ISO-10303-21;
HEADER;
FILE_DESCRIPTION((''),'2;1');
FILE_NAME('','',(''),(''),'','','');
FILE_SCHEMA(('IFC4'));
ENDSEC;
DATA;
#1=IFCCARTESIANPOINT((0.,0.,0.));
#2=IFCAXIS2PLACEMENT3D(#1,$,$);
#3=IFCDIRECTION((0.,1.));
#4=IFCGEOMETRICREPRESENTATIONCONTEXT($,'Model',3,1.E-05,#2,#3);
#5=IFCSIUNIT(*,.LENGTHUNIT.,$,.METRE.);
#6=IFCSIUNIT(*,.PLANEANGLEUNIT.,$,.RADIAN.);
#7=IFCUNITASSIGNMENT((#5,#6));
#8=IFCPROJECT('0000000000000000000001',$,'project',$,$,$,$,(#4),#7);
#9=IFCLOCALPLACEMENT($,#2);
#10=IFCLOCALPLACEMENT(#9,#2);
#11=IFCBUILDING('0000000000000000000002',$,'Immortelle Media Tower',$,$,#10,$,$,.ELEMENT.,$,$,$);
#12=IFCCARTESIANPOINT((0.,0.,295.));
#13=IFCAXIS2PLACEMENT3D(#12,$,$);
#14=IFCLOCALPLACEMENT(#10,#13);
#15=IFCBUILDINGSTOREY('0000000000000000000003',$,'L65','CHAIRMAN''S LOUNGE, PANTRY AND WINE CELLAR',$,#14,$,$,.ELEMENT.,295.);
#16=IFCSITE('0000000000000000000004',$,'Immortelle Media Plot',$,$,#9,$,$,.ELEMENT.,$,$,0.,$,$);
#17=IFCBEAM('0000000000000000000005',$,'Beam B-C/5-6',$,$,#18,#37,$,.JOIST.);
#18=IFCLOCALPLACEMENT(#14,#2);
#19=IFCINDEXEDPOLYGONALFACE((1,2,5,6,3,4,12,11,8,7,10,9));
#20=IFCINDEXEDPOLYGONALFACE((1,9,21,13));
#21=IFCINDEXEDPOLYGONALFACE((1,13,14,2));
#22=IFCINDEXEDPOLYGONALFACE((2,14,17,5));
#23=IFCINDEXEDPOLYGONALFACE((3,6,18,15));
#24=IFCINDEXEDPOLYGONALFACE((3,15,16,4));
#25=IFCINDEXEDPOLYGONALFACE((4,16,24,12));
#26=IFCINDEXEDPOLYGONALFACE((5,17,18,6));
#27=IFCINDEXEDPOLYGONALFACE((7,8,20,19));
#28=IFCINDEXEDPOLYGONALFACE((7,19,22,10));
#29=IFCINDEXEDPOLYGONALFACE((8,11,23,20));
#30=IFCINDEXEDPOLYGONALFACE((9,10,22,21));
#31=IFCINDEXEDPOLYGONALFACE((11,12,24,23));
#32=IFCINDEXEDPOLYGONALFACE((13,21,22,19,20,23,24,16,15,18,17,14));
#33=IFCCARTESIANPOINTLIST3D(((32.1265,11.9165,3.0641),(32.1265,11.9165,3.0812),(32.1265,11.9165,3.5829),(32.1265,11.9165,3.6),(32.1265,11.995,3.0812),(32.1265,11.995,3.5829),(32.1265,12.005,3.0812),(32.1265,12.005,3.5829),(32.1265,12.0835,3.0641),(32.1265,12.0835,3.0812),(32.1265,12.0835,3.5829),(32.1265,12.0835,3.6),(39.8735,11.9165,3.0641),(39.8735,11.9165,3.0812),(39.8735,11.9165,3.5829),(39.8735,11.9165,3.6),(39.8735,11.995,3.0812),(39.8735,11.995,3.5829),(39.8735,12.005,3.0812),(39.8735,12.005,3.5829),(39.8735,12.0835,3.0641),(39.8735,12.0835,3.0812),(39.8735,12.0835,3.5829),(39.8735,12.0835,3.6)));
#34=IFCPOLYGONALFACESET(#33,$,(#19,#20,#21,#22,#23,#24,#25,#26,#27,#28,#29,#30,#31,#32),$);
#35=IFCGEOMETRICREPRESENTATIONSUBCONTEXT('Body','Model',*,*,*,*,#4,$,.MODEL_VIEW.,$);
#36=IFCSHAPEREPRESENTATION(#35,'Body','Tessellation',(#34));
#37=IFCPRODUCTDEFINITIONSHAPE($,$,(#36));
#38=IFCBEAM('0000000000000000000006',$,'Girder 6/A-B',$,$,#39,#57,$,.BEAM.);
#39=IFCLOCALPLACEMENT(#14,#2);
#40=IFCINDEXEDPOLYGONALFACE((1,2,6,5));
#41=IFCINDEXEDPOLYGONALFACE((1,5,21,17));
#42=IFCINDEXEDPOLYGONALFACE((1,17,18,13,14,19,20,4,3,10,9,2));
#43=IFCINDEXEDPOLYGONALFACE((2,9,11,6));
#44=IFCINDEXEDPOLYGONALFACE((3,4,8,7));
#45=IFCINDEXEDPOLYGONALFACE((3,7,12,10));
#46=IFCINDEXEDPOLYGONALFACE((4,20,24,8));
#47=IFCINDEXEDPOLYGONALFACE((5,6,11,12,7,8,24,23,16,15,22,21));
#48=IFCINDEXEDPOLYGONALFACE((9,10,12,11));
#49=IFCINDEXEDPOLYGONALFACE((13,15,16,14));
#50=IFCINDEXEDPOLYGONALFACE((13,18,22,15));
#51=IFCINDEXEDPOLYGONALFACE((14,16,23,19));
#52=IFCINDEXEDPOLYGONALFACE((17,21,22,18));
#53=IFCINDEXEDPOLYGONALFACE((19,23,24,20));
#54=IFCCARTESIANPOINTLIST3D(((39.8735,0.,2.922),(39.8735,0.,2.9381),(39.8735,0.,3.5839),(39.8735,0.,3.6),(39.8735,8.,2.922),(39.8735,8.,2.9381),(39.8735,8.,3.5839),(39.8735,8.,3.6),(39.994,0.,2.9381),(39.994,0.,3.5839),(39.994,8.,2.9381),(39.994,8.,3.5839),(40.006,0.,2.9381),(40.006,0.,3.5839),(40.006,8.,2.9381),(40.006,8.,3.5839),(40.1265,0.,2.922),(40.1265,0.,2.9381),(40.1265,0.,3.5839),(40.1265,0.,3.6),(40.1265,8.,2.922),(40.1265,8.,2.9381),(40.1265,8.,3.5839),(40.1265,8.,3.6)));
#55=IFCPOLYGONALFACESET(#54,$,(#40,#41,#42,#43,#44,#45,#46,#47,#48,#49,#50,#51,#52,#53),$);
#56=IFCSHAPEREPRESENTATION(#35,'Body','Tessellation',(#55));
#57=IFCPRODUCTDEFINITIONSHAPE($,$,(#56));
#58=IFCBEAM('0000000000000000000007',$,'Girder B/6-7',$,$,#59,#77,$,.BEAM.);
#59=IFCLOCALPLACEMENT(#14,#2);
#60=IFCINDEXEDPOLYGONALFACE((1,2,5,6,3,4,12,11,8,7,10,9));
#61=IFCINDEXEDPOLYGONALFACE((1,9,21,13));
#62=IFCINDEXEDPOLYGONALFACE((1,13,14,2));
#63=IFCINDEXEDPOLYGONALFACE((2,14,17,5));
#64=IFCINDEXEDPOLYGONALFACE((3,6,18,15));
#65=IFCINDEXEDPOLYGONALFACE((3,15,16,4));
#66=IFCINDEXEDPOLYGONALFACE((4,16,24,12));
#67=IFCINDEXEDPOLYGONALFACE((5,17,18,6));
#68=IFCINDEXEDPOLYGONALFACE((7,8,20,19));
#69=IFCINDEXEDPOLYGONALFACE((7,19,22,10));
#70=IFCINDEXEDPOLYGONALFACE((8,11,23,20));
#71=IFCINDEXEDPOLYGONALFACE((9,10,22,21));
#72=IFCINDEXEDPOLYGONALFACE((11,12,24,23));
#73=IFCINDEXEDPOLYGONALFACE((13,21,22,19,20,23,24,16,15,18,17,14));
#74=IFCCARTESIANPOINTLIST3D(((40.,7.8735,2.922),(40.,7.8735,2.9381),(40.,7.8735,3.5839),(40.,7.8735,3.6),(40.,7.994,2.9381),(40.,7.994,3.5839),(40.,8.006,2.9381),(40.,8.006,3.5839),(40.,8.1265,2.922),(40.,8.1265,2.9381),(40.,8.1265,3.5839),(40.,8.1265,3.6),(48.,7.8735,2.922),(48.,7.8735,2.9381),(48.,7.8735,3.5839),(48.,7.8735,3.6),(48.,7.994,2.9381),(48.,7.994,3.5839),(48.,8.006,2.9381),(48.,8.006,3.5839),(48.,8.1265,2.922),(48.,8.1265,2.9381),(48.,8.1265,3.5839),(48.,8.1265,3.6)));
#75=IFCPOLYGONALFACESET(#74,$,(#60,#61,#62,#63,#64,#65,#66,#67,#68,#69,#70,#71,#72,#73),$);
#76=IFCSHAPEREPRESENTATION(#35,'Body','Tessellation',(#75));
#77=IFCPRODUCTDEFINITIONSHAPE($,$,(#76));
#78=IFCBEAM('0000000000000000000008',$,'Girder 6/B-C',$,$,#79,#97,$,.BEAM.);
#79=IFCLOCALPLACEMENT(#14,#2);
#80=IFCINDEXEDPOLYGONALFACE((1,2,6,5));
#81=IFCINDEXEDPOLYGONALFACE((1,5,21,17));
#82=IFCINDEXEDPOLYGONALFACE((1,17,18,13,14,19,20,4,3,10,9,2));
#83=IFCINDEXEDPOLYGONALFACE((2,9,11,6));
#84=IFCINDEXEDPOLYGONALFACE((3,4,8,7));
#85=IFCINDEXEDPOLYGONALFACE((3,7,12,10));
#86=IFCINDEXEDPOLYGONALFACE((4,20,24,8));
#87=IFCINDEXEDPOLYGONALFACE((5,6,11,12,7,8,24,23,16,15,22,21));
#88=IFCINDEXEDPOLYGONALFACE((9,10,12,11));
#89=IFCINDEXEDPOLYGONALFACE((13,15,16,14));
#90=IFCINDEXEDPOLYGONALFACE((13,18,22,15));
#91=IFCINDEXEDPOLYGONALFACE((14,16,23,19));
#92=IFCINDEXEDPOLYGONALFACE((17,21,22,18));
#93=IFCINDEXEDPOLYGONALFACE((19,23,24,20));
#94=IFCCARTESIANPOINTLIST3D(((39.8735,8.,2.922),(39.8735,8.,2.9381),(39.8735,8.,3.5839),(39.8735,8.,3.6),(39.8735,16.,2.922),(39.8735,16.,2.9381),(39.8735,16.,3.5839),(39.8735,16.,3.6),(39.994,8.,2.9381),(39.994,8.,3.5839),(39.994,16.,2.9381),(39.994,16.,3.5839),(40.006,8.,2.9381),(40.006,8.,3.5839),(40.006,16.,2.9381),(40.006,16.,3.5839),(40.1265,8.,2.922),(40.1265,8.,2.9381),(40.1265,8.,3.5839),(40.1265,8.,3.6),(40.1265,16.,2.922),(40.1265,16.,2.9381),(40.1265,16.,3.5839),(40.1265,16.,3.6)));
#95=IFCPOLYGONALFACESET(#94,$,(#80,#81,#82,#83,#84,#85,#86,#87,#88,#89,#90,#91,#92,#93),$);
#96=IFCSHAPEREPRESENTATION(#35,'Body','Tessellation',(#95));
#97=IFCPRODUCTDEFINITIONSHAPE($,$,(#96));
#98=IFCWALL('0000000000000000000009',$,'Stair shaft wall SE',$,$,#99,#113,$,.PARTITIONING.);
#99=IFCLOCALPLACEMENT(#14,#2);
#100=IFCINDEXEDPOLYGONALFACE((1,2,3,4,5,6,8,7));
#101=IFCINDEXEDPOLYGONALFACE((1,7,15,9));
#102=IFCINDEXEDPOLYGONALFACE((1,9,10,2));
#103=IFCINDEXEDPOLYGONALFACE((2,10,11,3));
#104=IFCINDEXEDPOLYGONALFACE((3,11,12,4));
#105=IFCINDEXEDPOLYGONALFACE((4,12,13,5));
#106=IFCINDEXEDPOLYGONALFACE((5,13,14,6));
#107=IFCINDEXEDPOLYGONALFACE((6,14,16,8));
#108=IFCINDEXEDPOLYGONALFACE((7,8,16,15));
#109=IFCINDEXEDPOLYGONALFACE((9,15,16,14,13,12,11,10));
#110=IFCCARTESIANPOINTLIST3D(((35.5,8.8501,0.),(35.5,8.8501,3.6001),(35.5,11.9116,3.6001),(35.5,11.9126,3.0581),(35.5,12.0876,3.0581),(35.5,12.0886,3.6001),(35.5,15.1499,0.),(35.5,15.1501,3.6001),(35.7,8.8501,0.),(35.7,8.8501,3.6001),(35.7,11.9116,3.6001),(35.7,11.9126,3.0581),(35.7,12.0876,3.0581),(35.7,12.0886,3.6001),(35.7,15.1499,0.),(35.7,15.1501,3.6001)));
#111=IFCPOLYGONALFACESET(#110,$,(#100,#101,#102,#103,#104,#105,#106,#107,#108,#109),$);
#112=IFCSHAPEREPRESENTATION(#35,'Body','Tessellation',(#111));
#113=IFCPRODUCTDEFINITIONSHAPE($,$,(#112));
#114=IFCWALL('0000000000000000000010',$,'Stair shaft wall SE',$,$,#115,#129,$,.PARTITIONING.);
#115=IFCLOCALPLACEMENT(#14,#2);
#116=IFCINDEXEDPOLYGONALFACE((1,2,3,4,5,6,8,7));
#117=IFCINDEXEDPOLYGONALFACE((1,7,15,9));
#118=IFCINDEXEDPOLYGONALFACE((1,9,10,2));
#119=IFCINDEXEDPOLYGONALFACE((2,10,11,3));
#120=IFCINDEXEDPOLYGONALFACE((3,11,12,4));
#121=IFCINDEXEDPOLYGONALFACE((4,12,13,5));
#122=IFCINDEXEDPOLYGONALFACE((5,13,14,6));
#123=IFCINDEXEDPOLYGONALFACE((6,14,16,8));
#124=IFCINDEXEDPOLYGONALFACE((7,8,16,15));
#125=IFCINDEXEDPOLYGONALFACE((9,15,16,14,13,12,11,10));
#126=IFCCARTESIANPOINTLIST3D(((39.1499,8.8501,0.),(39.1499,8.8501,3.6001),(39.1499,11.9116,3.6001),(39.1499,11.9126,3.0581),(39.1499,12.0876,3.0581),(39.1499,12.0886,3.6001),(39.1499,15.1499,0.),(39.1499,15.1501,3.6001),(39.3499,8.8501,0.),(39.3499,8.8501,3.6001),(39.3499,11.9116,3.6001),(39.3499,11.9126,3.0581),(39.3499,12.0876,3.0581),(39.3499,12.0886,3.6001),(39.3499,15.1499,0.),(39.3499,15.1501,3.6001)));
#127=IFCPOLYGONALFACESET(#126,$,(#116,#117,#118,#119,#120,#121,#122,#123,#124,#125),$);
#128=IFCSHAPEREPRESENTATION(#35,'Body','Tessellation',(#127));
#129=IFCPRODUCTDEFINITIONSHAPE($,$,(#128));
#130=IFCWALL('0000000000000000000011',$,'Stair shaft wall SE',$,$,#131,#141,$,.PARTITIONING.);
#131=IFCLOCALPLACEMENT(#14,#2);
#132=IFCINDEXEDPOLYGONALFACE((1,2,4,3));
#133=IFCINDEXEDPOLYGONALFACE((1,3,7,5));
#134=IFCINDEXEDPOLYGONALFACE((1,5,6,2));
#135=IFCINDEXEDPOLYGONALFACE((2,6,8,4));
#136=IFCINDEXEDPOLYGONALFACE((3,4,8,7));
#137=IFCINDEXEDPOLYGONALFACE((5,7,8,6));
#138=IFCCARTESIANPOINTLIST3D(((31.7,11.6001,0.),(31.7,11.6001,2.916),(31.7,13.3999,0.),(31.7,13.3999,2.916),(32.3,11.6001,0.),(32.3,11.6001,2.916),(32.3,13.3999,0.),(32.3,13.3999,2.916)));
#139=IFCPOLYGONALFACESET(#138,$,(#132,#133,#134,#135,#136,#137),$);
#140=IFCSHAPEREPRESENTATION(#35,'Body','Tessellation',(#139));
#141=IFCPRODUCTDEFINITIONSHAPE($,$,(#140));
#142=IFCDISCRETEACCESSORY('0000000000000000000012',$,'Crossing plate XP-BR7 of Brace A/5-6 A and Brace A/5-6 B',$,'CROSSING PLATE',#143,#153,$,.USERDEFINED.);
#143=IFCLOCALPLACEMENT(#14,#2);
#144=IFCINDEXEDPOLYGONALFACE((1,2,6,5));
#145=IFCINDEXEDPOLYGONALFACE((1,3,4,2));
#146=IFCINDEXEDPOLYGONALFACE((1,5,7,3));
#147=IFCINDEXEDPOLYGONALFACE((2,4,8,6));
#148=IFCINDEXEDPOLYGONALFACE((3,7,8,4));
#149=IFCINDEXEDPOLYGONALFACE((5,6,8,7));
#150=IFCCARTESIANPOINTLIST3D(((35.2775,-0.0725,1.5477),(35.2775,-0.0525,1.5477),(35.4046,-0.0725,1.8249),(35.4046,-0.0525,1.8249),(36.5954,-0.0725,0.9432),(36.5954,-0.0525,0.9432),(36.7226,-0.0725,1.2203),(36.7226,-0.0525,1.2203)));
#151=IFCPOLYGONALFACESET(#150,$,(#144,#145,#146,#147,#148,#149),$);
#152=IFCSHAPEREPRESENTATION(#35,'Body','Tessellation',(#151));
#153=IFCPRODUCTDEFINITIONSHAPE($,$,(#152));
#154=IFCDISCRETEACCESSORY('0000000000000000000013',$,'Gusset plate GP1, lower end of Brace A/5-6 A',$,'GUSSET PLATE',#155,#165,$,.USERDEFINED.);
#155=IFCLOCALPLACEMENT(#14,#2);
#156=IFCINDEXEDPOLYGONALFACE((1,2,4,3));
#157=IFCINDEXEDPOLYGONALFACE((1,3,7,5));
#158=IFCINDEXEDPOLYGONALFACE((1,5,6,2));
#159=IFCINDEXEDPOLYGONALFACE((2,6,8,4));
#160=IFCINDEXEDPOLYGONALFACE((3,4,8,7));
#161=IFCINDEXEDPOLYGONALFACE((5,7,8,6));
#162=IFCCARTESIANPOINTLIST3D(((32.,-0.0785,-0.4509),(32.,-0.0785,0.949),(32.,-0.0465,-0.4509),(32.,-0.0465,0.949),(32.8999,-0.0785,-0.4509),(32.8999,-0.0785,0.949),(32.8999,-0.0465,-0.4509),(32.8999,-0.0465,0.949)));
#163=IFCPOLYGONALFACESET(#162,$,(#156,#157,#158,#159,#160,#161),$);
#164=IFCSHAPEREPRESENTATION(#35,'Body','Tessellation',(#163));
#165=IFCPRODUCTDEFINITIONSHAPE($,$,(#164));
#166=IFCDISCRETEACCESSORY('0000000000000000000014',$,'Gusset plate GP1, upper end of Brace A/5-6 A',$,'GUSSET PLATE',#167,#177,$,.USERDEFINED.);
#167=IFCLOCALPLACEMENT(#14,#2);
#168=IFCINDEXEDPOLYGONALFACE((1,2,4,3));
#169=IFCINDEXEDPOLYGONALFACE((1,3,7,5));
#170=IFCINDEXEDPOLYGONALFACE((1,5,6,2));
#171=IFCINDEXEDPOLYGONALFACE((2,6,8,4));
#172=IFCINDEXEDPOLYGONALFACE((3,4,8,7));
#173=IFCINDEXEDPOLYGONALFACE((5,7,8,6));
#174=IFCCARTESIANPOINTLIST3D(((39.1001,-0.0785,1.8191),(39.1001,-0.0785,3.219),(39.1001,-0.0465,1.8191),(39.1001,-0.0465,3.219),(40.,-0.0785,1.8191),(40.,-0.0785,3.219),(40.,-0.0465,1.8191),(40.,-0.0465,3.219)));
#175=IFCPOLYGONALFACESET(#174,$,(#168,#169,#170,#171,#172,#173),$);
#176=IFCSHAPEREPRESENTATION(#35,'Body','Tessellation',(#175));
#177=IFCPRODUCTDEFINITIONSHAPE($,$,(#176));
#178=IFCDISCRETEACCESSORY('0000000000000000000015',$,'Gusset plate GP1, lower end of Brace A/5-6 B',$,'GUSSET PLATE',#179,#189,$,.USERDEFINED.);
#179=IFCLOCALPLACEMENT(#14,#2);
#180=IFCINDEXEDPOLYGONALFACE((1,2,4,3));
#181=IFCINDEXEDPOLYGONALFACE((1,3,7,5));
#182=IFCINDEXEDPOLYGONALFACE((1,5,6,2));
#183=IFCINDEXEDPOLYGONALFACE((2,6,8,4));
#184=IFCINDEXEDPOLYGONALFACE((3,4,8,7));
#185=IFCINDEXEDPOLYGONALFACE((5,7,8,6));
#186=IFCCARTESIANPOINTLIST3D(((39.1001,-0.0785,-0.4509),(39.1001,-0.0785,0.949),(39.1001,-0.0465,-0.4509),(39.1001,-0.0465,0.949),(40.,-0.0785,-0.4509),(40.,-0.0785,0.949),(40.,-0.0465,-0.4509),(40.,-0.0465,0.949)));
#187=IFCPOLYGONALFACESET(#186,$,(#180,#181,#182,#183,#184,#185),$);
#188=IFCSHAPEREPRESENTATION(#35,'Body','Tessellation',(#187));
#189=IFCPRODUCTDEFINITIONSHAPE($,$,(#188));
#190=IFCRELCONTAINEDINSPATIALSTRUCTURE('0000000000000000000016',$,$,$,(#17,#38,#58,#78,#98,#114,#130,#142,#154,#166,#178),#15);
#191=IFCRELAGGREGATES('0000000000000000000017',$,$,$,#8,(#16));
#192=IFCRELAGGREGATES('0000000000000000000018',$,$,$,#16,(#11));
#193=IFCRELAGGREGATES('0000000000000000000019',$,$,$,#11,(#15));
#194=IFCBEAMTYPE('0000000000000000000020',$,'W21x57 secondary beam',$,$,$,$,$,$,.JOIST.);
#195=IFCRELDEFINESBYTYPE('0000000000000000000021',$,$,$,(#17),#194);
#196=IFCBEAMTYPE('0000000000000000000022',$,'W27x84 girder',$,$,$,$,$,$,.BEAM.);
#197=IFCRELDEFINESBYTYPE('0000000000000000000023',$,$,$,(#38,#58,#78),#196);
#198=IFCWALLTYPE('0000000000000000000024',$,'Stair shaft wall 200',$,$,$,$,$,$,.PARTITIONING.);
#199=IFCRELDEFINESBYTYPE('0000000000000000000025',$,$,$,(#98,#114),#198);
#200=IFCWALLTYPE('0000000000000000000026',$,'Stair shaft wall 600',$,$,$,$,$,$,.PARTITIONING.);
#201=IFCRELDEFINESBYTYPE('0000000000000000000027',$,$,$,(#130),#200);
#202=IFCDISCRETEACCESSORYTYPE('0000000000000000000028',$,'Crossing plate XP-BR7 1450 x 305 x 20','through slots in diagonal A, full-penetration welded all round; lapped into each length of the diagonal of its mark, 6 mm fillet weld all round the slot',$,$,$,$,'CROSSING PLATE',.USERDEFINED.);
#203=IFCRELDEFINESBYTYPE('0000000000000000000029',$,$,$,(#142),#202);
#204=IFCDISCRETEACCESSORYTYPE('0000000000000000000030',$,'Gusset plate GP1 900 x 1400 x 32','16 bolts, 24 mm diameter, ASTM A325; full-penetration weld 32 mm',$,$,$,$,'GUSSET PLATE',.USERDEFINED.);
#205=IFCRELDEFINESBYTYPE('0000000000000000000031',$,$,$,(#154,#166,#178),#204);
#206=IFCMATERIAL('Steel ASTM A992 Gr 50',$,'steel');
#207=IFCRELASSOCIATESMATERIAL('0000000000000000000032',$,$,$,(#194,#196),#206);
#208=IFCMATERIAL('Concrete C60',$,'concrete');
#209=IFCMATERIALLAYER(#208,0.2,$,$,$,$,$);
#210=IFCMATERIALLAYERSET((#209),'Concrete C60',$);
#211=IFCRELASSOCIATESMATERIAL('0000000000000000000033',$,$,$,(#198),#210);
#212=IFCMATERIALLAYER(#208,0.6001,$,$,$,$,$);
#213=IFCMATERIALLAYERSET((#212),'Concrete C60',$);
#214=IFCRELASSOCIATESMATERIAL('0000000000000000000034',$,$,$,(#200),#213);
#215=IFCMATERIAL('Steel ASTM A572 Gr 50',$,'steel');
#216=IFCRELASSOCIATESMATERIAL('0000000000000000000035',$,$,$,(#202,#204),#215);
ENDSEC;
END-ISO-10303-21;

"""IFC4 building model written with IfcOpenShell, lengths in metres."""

from ifc_helpers import new_model, si_unit, direction, frame, frame_2d, origin, origin_2d, place, context, subcontext, project, spatial, polyline, rectangle, i_section, outline, extrude, material, layer, layer_set, material_profile, profile_set, type_object, element, save


model = new_model("IFC4")

# Units and contexts
model_context = context("Model", 3, precision=1e-05, world=origin(), true_north=direction((0.0, 1.0)))
body_context = subcontext(model_context, "Body", "Model", "MODEL_VIEW")
ifc_project = project(units=[si_unit("LENGTHUNIT", "METRE"), si_unit("PLANEANGLEUNIT", "RADIAN")], contexts=[model_context])

# Site, building, storey
site_placement = place(None, origin())
site = spatial("IfcSite", under=ifc_project, at=site_placement, Name="Immortelle Media Plot", CompositionType="ELEMENT", RefElevation=0.0)
building_placement = place(site_placement, origin())
building = spatial("IfcBuilding", under=site, at=building_placement, Name="Immortelle Media Tower", CompositionType="ELEMENT")
storey_placement = place(building_placement, frame((0.0, 0.0, 295.0)))
storey = spatial("IfcBuildingStorey", under=building, at=storey_placement, Name="L65", Description="CHAIRMAN'S LOUNGE, PANTRY AND WINE CELLAR", CompositionType="ELEMENT", Elevation=295.0)

# Shared definitions
ifc_material_1 = material(Name="Steel ASTM A992 Gr 50", Category="steel")

# Beams
ifc_material_profile_1 = material_profile(ifc_material_1, i_section(OverallWidth=0.167, OverallDepth=0.5359, WebThickness=0.01, FlangeThickness=0.0171, at=origin_2d()), Name="W21x57")
ifc_profile_set_1 = profile_set([ifc_material_profile_1], Name="Steel ASTM A992 Gr 50")
beam_type_1 = type_object("IfcBeamType", Name="W21x57 secondary beam", PredefinedType="JOIST", material=ifc_profile_set_1)
for number, where, z_axis, x_axis, name in (
    (1, (32.1265, 12.0, 3.332), (1.0, 0.0, 0.0), (0.0, 1.0, 0.0), "Beam B-C/5-6"),
):
    element("IfcBeam", number, at=place(storey_placement, frame(where, z_axis=z_axis, x_axis=x_axis)), inside=storey, type_object=beam_type_1, Name=name, PredefinedType="JOIST", context=body_context, shape_type="SweptSolid", body=[
        extrude(i_section(OverallWidth=0.167, OverallDepth=0.5359, WebThickness=0.01, FlangeThickness=0.0171, at=origin_2d()), origin(), (0.0, 0.0, 1.0), 7.7471),
    ])
ifc_material_profile_2 = material_profile(ifc_material_1, i_section(OverallWidth=0.2529, OverallDepth=0.678, WebThickness=0.012, FlangeThickness=0.0161, at=origin_2d()), Name="W27x84")
ifc_profile_set_2 = profile_set([ifc_material_profile_2], Name="Steel ASTM A992 Gr 50")
beam_type_2 = type_object("IfcBeamType", Name="W27x84 girder", PredefinedType="BEAM", material=ifc_profile_set_2)
for number, where, z_axis, x_axis, name in (
    (2, (40.0, 0.0, 3.261), (0.0, 1.0, 0.0), (-1.0, 0.0, 0.0), "Girder 6/A-B"),
    (3, (40.0, 8.0, 3.261), (1.0, 0.0, 0.0), (0.0, 1.0, 0.0), "Girder B/6-7"),
    (4, (40.0, 8.0, 3.261), (0.0, 1.0, 0.0), (-1.0, 0.0, 0.0), "Girder 6/B-C"),
):
    element("IfcBeam", number, at=place(storey_placement, frame(where, z_axis=z_axis, x_axis=x_axis)), inside=storey, type_object=beam_type_2, Name=name, PredefinedType="BEAM", context=body_context, shape_type="SweptSolid", body=[
        extrude(i_section(OverallWidth=0.2529, OverallDepth=0.678, WebThickness=0.012, FlangeThickness=0.0161, at=origin_2d()), origin(), (0.0, 0.0, 1.0), 8.0),
    ])

# Walls
ifc_material_2 = material(Name="Concrete C60", Category="concrete")
ifc_layer_1 = layer(ifc_material_2, 0.2)
ifc_layer_set_1 = layer_set([ifc_layer_1], Name="Concrete C60")
wall_type_1 = type_object("IfcWallType", Name="Stair shaft wall 200", PredefinedType="PARTITIONING", material=ifc_layer_set_1)
for number, where, z_axis, x_axis, name in (
    (5, (35.6001, 8.8501, 0.0), (0.0, 0.0, 1.0), (0.0, 1.0, 0.0), "Stair shaft wall SE"),
    (6, (39.25, 8.8501, 0.0), (0.0, 0.0, 1.0), (0.0, 1.0, 0.0), "Stair shaft wall SE"),
):
    element("IfcWall", number, at=place(storey_placement, frame(where, z_axis=z_axis, x_axis=x_axis)), inside=storey, type_object=wall_type_1, Name=name, PredefinedType="PARTITIONING", context=body_context, shape_type="SweptSolid", body=[
        extrude(outline(polyline([(0.0, 0.0), (6.2998, 0.0), (6.3, 3.6001), (3.2385, 3.6001), (3.2375, 3.0581), (3.0625, 3.0581), (3.0615, 3.6001), (0.0, 3.6001), (0.0, 0.0)])), frame((0.0, 0.1001, 0.0), z_axis=(0.0, -1.0, 0.0), x_axis=(1.0, 0.0, 0.0)), (0.0, 0.0, 1.0), 0.2),
    ])
ifc_layer_2 = layer(ifc_material_2, 0.6001)
ifc_layer_set_2 = layer_set([ifc_layer_2], Name="Concrete C60")
wall_type_2 = type_object("IfcWallType", Name="Stair shaft wall 600", PredefinedType="PARTITIONING", material=ifc_layer_set_2)
wall_placement = place(storey_placement, frame((32.0, 11.6001, 0.0), z_axis=(0.0, 0.0, 1.0), x_axis=(0.0, 1.0, 0.0)))
element("IfcWall", 7, at=wall_placement, inside=storey, type_object=wall_type_2, Name="Stair shaft wall SE", PredefinedType="PARTITIONING", context=body_context, shape_type="SweptSolid", body=[
    extrude(rectangle(XDim=1.7998, YDim=0.6001, at=frame_2d((0.8999, 0.0))), origin(), (0.0, 0.0, 1.0), 2.916),
])

# Discrete accessories
ifc_material_3 = material(Name="Steel ASTM A572 Gr 50", Category="steel")
ifc_material_profile_3 = material_profile(ifc_material_3, rectangle(XDim=0.02, YDim=0.3049, at=origin_2d()), Name="PL 20 x 305")
ifc_profile_set_3 = profile_set([ifc_material_profile_3], Name="Steel ASTM A572 Gr 50")
discrete_accessory_type_1 = type_object("IfcDiscreteAccessoryType", Name="Crossing plate XP-BR7 1450 x 305 x 20", Description="through slots in diagonal A, full-penetration welded all round; lapped into each length of the diagonal of its mark, 6 mm fillet weld all round the slot", ElementType="CROSSING PLATE", PredefinedType="USERDEFINED", material=ifc_profile_set_3)
discrete_accessory_placement = place(storey_placement, frame((35.3411, -0.0625, 1.6863), z_axis=(0.908943, 0.0, -0.416921), x_axis=(0.0, 1.0, 0.0)))
element("IfcDiscreteAccessory", 8, at=discrete_accessory_placement, inside=storey, type_object=discrete_accessory_type_1, Name="Crossing plate XP-BR7 of Brace A/5-6 A and Brace A/5-6 B", ObjectType="CROSSING PLATE", PredefinedType="USERDEFINED", context=body_context, shape_type="SweptSolid", body=[
    extrude(rectangle(XDim=0.02, YDim=0.3049, at=origin_2d()), origin(), (0.0, 0.0, 1.0), 1.45),
])
ifc_material_profile_4 = material_profile(ifc_material_3, rectangle(XDim=0.032, YDim=1.3999, at=origin_2d()), Name="PL 32 x 1400")
ifc_profile_set_4 = profile_set([ifc_material_profile_4], Name="Steel ASTM A572 Gr 50")
discrete_accessory_type_2 = type_object("IfcDiscreteAccessoryType", Name="Gusset plate GP1 900 x 1400 x 32", Description="16 bolts, 24 mm diameter, ASTM A325; full-penetration weld 32 mm", ElementType="GUSSET PLATE", PredefinedType="USERDEFINED", material=ifc_profile_set_4)
for number, where, z_axis, x_axis, name in (
    (9, (32.0, -0.0625, 0.249), (1.0, 0.0, 0.0), (0.0, 1.0, 0.0), "Gusset plate GP1, lower end of Brace A/5-6 A"),
    (10, (40.0, -0.0625, 2.519), (-1.0, 0.0, 0.0), (0.0, -1.0, 0.0), "Gusset plate GP1, upper end of Brace A/5-6 A"),
    (11, (40.0, -0.0625, 0.249), (-1.0, 0.0, 0.0), (0.0, -1.0, 0.0), "Gusset plate GP1, lower end of Brace A/5-6 B"),
):
    element("IfcDiscreteAccessory", number, at=place(storey_placement, frame(where, z_axis=z_axis, x_axis=x_axis)), inside=storey, type_object=discrete_accessory_type_2, Name=name, ObjectType="GUSSET PLATE", PredefinedType="USERDEFINED", context=body_context, shape_type="SweptSolid", body=[
        extrude(rectangle(XDim=0.032, YDim=1.3999, at=origin_2d()), origin(), (0.0, 0.0, 1.0), 0.8999),
    ])

save(model, "model.ifc")
